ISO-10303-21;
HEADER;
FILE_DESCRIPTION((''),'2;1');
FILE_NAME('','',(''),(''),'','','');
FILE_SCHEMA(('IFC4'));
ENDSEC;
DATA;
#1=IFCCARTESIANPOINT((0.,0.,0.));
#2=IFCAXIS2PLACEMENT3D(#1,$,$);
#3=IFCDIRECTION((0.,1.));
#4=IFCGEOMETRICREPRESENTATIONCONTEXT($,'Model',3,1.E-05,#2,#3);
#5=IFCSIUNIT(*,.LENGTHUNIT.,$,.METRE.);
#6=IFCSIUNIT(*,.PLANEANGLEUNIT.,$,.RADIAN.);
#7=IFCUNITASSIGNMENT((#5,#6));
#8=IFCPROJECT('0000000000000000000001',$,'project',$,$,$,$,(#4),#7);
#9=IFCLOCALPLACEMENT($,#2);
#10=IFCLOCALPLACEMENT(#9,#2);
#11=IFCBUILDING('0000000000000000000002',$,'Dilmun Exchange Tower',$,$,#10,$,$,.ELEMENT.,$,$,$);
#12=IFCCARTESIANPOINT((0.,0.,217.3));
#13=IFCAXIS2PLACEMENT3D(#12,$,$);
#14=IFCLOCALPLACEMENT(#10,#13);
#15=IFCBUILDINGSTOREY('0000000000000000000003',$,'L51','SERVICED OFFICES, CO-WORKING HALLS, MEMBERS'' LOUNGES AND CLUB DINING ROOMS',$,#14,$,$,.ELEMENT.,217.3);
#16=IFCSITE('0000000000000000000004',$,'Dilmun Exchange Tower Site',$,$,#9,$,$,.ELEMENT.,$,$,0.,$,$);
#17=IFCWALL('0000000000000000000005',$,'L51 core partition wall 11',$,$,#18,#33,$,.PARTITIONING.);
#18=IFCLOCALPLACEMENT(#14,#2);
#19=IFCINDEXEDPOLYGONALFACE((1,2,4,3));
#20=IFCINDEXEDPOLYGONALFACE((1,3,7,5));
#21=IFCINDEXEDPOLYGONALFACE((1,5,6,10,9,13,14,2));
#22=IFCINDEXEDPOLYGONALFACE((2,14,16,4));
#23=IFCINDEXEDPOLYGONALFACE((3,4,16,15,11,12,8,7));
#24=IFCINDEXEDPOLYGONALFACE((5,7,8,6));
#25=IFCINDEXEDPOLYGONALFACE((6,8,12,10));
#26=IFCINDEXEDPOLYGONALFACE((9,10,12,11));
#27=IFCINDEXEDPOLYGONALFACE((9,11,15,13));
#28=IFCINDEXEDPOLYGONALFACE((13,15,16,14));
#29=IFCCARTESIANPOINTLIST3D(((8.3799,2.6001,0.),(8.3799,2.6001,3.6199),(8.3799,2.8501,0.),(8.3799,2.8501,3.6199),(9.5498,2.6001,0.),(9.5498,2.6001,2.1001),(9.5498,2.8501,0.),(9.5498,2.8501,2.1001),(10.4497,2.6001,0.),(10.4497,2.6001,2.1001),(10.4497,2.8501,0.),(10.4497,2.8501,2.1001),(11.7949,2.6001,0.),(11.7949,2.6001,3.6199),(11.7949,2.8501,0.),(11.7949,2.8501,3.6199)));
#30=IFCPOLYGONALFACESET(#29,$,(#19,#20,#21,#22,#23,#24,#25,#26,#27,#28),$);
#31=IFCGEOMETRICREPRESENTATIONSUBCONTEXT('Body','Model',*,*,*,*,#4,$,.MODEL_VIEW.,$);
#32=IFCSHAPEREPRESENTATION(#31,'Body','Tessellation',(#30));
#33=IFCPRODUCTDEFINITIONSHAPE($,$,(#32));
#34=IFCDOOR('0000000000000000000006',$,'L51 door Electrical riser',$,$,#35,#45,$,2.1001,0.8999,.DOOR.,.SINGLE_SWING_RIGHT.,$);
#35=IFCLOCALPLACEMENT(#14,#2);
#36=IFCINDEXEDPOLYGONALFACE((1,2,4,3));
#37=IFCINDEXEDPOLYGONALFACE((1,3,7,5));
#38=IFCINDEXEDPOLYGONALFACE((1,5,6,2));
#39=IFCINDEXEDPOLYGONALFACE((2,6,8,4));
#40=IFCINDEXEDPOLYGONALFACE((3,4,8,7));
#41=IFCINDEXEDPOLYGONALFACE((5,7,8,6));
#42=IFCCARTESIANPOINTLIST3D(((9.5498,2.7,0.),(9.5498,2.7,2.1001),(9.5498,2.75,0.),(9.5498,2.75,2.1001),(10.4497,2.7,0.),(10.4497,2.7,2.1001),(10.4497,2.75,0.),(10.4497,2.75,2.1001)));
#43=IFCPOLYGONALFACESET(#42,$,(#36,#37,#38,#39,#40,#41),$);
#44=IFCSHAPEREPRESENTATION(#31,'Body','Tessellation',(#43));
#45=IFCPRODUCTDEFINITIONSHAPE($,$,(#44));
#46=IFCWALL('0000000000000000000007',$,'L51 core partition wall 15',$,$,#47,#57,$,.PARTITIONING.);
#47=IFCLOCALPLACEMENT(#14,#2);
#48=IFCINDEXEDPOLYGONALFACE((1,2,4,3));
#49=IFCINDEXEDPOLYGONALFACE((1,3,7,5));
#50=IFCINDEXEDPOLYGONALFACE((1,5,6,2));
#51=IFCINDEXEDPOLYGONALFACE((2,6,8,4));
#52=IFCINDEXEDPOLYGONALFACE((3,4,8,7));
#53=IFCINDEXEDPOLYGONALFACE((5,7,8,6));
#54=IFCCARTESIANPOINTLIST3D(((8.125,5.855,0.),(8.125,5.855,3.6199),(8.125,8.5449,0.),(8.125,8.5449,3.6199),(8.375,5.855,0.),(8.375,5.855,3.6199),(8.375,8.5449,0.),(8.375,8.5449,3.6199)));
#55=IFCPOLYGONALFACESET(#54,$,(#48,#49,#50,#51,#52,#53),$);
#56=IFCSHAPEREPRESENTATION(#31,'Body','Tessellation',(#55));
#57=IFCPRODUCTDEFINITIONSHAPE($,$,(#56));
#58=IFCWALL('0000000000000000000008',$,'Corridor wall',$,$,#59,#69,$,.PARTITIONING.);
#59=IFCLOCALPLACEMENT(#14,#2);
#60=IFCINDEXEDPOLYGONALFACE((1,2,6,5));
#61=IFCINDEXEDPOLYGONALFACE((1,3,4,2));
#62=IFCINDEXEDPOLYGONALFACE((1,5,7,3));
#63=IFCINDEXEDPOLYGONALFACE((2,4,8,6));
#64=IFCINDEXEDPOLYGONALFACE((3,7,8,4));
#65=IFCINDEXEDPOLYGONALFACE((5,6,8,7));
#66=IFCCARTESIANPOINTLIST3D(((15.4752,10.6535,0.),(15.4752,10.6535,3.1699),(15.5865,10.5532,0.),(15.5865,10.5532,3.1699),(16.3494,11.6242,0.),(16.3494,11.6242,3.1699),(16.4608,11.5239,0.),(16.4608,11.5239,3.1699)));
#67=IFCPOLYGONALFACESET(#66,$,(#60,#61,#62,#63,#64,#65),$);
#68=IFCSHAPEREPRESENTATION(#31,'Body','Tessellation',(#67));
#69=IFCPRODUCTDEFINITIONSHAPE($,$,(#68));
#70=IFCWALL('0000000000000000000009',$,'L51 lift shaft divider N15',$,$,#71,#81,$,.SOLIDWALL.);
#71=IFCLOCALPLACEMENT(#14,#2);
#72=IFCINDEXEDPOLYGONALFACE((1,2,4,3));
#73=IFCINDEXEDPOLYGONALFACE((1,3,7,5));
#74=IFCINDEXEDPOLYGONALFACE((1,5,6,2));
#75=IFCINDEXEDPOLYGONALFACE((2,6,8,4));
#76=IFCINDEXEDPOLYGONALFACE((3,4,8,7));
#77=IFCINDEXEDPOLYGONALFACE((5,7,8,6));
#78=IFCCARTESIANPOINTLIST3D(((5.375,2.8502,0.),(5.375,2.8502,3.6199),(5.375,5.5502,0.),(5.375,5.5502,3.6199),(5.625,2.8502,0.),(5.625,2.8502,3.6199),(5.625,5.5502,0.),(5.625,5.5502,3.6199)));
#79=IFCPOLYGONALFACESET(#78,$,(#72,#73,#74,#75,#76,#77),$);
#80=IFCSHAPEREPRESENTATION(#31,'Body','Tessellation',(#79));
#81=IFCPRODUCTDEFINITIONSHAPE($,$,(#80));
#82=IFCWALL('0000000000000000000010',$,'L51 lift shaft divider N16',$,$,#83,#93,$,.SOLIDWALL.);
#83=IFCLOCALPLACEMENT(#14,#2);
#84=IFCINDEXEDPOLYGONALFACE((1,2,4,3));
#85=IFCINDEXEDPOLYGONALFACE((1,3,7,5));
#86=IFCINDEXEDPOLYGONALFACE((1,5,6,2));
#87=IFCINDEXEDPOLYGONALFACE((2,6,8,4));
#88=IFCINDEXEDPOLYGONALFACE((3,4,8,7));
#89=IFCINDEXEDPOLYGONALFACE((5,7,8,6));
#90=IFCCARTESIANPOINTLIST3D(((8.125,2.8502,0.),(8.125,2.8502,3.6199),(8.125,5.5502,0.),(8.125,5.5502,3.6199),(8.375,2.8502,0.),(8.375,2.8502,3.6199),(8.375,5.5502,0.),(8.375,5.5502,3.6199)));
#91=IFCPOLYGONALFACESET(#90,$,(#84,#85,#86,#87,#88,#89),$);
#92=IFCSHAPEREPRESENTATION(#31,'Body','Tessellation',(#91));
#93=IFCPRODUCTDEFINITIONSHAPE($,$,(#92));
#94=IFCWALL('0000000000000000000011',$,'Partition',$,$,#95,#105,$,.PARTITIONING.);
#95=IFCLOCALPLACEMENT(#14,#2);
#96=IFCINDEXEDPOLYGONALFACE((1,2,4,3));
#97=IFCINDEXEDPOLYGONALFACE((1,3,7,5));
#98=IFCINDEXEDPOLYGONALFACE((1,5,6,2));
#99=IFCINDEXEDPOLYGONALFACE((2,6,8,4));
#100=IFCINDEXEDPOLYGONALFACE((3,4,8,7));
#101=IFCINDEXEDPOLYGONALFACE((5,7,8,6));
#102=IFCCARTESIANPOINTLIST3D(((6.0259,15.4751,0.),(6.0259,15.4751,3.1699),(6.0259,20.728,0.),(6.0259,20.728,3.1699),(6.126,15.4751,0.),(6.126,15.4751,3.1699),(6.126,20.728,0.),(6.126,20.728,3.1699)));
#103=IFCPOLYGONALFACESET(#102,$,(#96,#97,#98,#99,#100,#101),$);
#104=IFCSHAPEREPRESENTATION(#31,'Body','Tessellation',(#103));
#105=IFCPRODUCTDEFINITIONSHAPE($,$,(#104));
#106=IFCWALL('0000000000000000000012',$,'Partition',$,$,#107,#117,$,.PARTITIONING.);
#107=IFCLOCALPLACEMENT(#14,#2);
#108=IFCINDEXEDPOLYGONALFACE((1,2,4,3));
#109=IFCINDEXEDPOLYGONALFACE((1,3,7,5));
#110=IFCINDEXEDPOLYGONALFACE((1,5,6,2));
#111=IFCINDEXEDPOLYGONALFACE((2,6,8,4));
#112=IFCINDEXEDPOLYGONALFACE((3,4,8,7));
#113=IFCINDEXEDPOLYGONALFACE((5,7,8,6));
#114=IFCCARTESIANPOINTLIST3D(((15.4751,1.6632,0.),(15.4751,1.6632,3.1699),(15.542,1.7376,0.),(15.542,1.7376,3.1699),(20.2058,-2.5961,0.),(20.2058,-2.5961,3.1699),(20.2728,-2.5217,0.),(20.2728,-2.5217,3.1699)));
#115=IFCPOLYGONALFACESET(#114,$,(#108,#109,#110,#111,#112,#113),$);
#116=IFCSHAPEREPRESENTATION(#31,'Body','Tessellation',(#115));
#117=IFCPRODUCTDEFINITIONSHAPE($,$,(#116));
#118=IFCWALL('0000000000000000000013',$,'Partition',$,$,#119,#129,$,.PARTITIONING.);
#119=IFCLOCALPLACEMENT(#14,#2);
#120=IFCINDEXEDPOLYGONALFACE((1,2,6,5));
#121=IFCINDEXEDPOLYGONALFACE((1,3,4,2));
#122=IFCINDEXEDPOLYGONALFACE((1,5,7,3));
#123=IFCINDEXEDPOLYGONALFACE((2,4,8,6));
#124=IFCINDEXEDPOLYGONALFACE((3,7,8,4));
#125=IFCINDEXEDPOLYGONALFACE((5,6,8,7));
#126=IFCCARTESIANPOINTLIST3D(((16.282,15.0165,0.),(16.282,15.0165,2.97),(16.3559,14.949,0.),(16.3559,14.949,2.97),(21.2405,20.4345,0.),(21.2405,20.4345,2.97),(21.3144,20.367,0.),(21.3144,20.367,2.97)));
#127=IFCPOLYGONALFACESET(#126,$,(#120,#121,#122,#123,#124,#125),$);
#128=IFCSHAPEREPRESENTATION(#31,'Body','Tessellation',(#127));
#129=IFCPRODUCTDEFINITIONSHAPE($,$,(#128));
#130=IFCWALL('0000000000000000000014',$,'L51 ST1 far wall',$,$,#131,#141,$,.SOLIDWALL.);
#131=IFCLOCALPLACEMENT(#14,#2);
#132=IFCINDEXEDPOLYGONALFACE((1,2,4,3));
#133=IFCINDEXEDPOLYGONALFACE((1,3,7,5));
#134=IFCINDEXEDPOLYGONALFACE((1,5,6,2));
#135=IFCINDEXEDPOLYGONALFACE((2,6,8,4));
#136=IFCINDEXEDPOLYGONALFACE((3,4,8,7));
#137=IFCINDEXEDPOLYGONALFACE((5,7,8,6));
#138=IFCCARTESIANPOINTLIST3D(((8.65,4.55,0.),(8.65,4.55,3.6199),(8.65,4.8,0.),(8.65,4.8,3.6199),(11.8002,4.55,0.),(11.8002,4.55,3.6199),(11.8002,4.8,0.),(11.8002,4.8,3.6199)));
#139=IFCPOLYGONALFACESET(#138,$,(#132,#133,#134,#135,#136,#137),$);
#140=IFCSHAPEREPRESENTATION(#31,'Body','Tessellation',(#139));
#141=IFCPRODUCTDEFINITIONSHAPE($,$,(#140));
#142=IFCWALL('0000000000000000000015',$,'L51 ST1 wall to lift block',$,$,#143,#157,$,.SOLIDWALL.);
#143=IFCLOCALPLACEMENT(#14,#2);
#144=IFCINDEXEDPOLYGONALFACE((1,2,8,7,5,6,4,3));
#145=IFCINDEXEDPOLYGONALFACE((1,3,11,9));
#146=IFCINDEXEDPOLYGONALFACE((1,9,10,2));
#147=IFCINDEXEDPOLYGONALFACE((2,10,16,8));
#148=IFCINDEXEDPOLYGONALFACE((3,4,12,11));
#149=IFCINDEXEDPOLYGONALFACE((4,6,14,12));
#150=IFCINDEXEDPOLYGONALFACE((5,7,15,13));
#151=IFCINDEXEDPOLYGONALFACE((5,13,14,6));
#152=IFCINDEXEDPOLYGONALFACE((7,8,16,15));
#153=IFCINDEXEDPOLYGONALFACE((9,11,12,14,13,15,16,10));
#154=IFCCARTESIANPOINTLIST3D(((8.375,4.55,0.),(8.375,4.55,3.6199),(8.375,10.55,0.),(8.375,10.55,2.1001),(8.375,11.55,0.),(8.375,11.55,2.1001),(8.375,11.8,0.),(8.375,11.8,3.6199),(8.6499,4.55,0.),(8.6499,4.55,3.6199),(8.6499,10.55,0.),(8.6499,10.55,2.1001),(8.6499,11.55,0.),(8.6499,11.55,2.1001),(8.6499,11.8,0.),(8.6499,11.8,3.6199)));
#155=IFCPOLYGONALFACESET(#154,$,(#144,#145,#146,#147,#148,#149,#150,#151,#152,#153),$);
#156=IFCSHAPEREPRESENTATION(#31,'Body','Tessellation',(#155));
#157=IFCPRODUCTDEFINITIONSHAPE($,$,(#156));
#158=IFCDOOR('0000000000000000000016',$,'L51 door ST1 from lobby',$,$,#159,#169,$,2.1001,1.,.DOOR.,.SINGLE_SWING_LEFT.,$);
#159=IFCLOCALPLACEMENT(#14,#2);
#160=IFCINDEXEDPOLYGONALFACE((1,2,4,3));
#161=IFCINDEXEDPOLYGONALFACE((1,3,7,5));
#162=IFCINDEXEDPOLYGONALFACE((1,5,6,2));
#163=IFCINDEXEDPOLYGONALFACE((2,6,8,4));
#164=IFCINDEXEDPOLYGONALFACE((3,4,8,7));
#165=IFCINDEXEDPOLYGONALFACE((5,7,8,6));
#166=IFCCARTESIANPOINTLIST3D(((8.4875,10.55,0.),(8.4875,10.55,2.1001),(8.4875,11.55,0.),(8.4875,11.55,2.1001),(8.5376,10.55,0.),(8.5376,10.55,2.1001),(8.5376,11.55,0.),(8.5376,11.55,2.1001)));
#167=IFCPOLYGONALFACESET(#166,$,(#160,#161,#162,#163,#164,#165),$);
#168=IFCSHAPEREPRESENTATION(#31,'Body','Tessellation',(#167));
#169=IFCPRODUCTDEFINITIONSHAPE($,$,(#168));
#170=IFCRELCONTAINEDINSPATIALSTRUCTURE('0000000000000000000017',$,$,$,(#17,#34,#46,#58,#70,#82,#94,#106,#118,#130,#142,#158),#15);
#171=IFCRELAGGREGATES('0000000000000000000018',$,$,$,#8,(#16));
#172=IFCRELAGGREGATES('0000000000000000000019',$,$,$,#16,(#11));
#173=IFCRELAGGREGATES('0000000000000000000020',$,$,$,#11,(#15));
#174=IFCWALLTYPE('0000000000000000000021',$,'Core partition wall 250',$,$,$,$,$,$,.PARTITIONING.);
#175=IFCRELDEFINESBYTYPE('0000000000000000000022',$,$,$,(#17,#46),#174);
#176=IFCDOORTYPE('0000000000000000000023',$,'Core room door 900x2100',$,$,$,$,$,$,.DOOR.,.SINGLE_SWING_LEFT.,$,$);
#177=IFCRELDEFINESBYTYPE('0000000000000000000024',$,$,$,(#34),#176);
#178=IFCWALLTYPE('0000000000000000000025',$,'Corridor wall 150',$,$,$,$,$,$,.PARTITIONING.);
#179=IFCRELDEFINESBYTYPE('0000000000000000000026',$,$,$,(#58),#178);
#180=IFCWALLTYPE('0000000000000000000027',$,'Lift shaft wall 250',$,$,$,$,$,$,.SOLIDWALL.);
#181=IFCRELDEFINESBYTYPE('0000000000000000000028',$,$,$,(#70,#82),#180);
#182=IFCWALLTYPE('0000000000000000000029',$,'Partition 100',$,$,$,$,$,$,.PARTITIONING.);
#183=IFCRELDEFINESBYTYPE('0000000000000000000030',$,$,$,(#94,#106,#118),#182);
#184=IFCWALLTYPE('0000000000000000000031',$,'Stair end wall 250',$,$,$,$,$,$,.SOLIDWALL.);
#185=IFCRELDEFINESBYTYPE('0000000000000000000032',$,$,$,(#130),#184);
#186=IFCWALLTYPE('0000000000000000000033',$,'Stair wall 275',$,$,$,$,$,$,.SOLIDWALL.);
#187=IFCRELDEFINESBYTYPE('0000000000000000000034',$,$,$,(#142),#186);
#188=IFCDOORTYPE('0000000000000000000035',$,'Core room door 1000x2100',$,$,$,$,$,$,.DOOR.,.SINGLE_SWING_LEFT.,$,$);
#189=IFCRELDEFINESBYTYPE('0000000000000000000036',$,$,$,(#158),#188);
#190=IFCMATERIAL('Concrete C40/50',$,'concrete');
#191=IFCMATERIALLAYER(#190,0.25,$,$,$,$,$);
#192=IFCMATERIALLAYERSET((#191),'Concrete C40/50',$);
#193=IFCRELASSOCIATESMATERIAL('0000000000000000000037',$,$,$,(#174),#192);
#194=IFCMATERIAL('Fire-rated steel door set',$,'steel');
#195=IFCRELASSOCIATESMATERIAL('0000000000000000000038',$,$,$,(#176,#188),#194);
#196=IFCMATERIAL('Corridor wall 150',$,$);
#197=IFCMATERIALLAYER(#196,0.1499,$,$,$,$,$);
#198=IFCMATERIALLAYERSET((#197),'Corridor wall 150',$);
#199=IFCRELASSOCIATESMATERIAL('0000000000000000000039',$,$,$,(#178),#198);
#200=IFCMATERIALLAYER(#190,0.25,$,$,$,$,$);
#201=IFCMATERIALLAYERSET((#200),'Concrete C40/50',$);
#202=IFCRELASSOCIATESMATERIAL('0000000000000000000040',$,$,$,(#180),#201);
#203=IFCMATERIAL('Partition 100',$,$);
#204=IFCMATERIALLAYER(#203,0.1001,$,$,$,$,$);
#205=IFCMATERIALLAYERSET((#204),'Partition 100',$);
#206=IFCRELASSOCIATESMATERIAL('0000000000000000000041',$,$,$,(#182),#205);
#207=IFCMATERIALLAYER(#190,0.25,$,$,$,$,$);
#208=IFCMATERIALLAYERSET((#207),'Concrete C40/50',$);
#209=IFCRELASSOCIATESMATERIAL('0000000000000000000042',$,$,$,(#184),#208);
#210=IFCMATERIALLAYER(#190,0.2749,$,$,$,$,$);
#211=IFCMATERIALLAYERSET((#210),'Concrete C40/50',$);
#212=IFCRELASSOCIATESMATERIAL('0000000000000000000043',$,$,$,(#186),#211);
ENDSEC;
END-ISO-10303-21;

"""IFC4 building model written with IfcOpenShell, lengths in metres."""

from ifc_helpers import new_model, si_unit, direction, frame, frame_2d, origin, place, context, subcontext, project, spatial, rectangle, extrude, material, layer, layer_set, type_object, element, fill, save


model = new_model("IFC4")

# Units and contexts
model_context = context("Model", 3, precision=1e-05, world=origin(), true_north=direction((0.0, 1.0)))
body_context = subcontext(model_context, "Body", "Model", "MODEL_VIEW")
ifc_project = project(units=[si_unit("LENGTHUNIT", "METRE"), si_unit("PLANEANGLEUNIT", "RADIAN")], contexts=[model_context])

# Site, building, storey
site_placement = place(None, origin())
site = spatial("IfcSite", under=ifc_project, at=site_placement, Name="Dilmun Exchange Tower Site", CompositionType="ELEMENT", RefElevation=0.0)
building_placement = place(site_placement, origin())
building = spatial("IfcBuilding", under=site, at=building_placement, Name="Dilmun Exchange Tower", CompositionType="ELEMENT")
storey_placement = place(building_placement, frame((0.0, 0.0, 217.3)))
storey = spatial("IfcBuildingStorey", under=building, at=storey_placement, Name="L51", Description="SERVICED OFFICES, CO-WORKING HALLS, MEMBERS' LOUNGES AND CLUB DINING ROOMS", CompositionType="ELEMENT", Elevation=217.3)

# Wall, opening, door
ifc_material_1 = material(Name="Concrete C40/50", Category="concrete")
ifc_layer_1 = layer(ifc_material_1, 0.25)
ifc_layer_set_1 = layer_set([ifc_layer_1], Name="Concrete C40/50")
wall_type_1 = type_object("IfcWallType", Name="Core partition wall 250", PredefinedType="PARTITIONING", material=ifc_layer_set_1)
wall_1_placement = place(storey_placement, frame((8.3799, 2.7251, 0.0), z_axis=(0.0, 0.0, 1.0), x_axis=(1.0, 0.0, 0.0)))
wall_1 = element("IfcWall", 1, at=wall_1_placement, inside=storey, type_object=wall_type_1, Name="L51 core partition wall 11", PredefinedType="PARTITIONING", context=body_context, shape_type="SweptSolid", body=[
    extrude(rectangle(XDim=3.415, YDim=0.25, at=frame_2d((1.7075, 0.0))), origin(), (0.0, 0.0, 1.0), 3.6199),
])
opening_1_placement = place(wall_1_placement, frame((1.1699, 0.0, 0.0)))
opening_1 = element("IfcOpeningElement", 2, at=opening_1_placement, cuts=wall_1, PredefinedType="OPENING", context=body_context, shape_type="SweptSolid", body=[
    extrude(rectangle(XDim=0.8999, YDim=2.1001, at=frame_2d((0.45, 1.05))), frame((0.0, 0.135, 0.0), z_axis=(0.0, -1.0, 0.0), x_axis=(1.0, 0.0, 0.0)), (0.0, 0.0, 1.0), 0.27),
])
ifc_material_2 = material(Name="Fire-rated steel door set", Category="steel")
door_type_1 = type_object("IfcDoorType", Name="Core room door 900x2100", OperationType="SINGLE_SWING_LEFT", PredefinedType="DOOR", material=ifc_material_2)
door_1_placement = place(opening_1_placement, origin())
door_1 = element("IfcDoor", 3, at=door_1_placement, inside=storey, type_object=door_type_1, Name="L51 door Electrical riser", OperationType="SINGLE_SWING_RIGHT", OverallHeight=2.1001, OverallWidth=0.8999, PredefinedType="DOOR", context=body_context, shape_type="SweptSolid", body=[
    extrude(rectangle(XDim=0.8999, YDim=2.1001, at=frame_2d((0.45, 1.05))), frame((0.0, 0.0249, 0.0), z_axis=(0.0, -1.0, 0.0), x_axis=(1.0, 0.0, 0.0)), (0.0, 0.0, 1.0), 0.05),
])
fill(opening_1, door_1)

# Walls
wall_2_placement = place(storey_placement, frame((8.25, 5.855, 0.0), z_axis=(0.0, 0.0, 1.0), x_axis=(0.0, 1.0, 0.0)))
element("IfcWall", 4, at=wall_2_placement, inside=storey, type_object=wall_type_1, Name="L51 core partition wall 15", PredefinedType="PARTITIONING", context=body_context, shape_type="SweptSolid", body=[
    extrude(rectangle(XDim=2.6899, YDim=0.25, at=frame_2d((1.345, 0.0))), origin(), (0.0, 0.0, 1.0), 3.6199),
])
ifc_material_3 = material(Name="Corridor wall 150")
ifc_layer_2 = layer(ifc_material_3, 0.1499)
ifc_layer_set_2 = layer_set([ifc_layer_2], Name="Corridor wall 150")
wall_type_2 = type_object("IfcWallType", Name="Corridor wall 150", PredefinedType="PARTITIONING", material=ifc_layer_set_2)
wall_3_placement = place(storey_placement, frame((15.5308, 10.6033, 0.0), z_axis=(0.0, 0.0, 1.0), x_axis=(0.669233, 0.743052, 0.0)))
element("IfcWall", 5, at=wall_3_placement, inside=storey, type_object=wall_type_2, Name="Corridor wall", PredefinedType="PARTITIONING", context=body_context, shape_type="SweptSolid", body=[
    extrude(rectangle(XDim=1.3064, YDim=0.1499, at=frame_2d((0.6533, 0.0))), origin(), (0.0, 0.0, 1.0), 3.1699),
])
ifc_layer_3 = layer(ifc_material_1, 0.25)
ifc_layer_set_3 = layer_set([ifc_layer_3], Name="Concrete C40/50")
wall_type_3 = type_object("IfcWallType", Name="Lift shaft wall 250", PredefinedType="SOLIDWALL", material=ifc_layer_set_3)
for number, where, z_axis, x_axis, name in (
    (6, (5.5, 2.8501, 0.0), (0.0, 0.0, 1.0), (0.0, 1.0, 0.0), "L51 lift shaft divider N15"),
    (7, (8.25, 2.8501, 0.0), (0.0, 0.0, 1.0), (0.0, 1.0, 0.0), "L51 lift shaft divider N16"),
):
    element("IfcWall", number, at=place(storey_placement, frame(where, z_axis=z_axis, x_axis=x_axis)), inside=storey, type_object=wall_type_3, Name=name, PredefinedType="SOLIDWALL", context=body_context, shape_type="SweptSolid", body=[
        extrude(rectangle(XDim=2.7, YDim=0.25, at=frame_2d((1.3501, 0.0))), origin(), (0.0, 0.0, 1.0), 3.6199),
    ])
ifc_material_4 = material(Name="Partition 100")
ifc_layer_4 = layer(ifc_material_4, 0.1001)
ifc_layer_set_4 = layer_set([ifc_layer_4], Name="Partition 100")
wall_type_4 = type_object("IfcWallType", Name="Partition 100", PredefinedType="PARTITIONING", material=ifc_layer_set_4)
wall_4_placement = place(storey_placement, frame((6.0759, 15.4751, 0.0), z_axis=(0.0, 0.0, 1.0), x_axis=(0.0, 1.0, 0.0)))
element("IfcWall", 8, at=wall_4_placement, inside=storey, type_object=wall_type_4, Name="Partition", PredefinedType="PARTITIONING", context=body_context, shape_type="SweptSolid", body=[
    extrude(rectangle(XDim=5.2529, YDim=0.1001, at=frame_2d((2.6265, 0.0))), origin(), (0.0, 0.0, 1.0), 3.1699),
])
wall_5_placement = place(storey_placement, frame((15.5085, 1.7004, 0.0), z_axis=(0.0, 0.0, 1.0), x_axis=(0.743166, -0.669107, 0.0)))
element("IfcWall", 9, at=wall_5_placement, inside=storey, type_object=wall_type_4, Name="Partition", PredefinedType="PARTITIONING", context=body_context, shape_type="SweptSolid", body=[
    extrude(rectangle(XDim=6.3657, YDim=0.1001, at=frame_2d((3.1829, 0.0))), origin(), (0.0, 0.0, 1.0), 3.1699),
])
wall_6_placement = place(storey_placement, frame((16.3188, 14.9827, 0.0), z_axis=(0.0, 0.0, 1.0), x_axis=(0.675134, 0.737695, 0.0)))
element("IfcWall", 10, at=wall_6_placement, inside=storey, type_object=wall_type_4, Name="Partition", PredefinedType="PARTITIONING", context=body_context, shape_type="SweptSolid", body=[
    extrude(rectangle(XDim=7.3445, YDim=0.1001, at=frame_2d((3.6724, 0.0))), origin(), (0.0, 0.0, 1.0), 2.97),
])
ifc_layer_5 = layer(ifc_material_1, 0.25)
ifc_layer_set_5 = layer_set([ifc_layer_5], Name="Concrete C40/50")
wall_type_5 = type_object("IfcWallType", Name="Stair end wall 250", PredefinedType="SOLIDWALL", material=ifc_layer_set_5)
wall_7_placement = place(storey_placement, frame((8.6499, 4.675, 0.0), z_axis=(0.0, 0.0, 1.0), x_axis=(1.0, 0.0, 0.0)))
element("IfcWall", 11, at=wall_7_placement, inside=storey, type_object=wall_type_5, Name="L51 ST1 far wall", PredefinedType="SOLIDWALL", context=body_context, shape_type="SweptSolid", body=[
    extrude(rectangle(XDim=3.1501, YDim=0.25, at=frame_2d((1.5752, 0.0))), origin(), (0.0, 0.0, 1.0), 3.6199),
])

# Wall, opening, door
ifc_layer_6 = layer(ifc_material_1, 0.2749)
ifc_layer_set_6 = layer_set([ifc_layer_6], Name="Concrete C40/50")
wall_type_6 = type_object("IfcWallType", Name="Stair wall 275", PredefinedType="SOLIDWALL", material=ifc_layer_set_6)
wall_8_placement = place(storey_placement, frame((8.5125, 4.55, 0.0), z_axis=(0.0, 0.0, 1.0), x_axis=(0.0, 1.0, 0.0)))
wall_8 = element("IfcWall", 12, at=wall_8_placement, inside=storey, type_object=wall_type_6, Name="L51 ST1 wall to lift block", PredefinedType="SOLIDWALL", context=body_context, shape_type="SweptSolid", body=[
    extrude(rectangle(XDim=7.25, YDim=0.2749, at=frame_2d((3.625, 0.0))), origin(), (0.0, 0.0, 1.0), 3.6199),
])
opening_2_placement = place(wall_8_placement, frame((6.0, 0.0, 0.0)))
opening_2 = element("IfcOpeningElement", 13, at=opening_2_placement, cuts=wall_8, PredefinedType="OPENING", context=body_context, shape_type="SweptSolid", body=[
    extrude(rectangle(XDim=1.0, YDim=2.1001, at=frame_2d((0.5, 1.05))), frame((0.0, 0.1475, 0.0), z_axis=(0.0, -1.0, 0.0), x_axis=(1.0, 0.0, 0.0)), (0.0, 0.0, 1.0), 0.2949),
])
door_type_2 = type_object("IfcDoorType", Name="Core room door 1000x2100", OperationType="SINGLE_SWING_LEFT", PredefinedType="DOOR", material=ifc_material_2)
door_2_placement = place(opening_2_placement, origin())
door_2 = element("IfcDoor", 14, at=door_2_placement, inside=storey, type_object=door_type_2, Name="L51 door ST1 from lobby", OperationType="SINGLE_SWING_LEFT", OverallHeight=2.1001, OverallWidth=1.0, PredefinedType="DOOR", context=body_context, shape_type="SweptSolid", body=[
    extrude(rectangle(XDim=1.0, YDim=2.1001, at=frame_2d((0.5, 1.05))), frame((0.0, 0.0249, 0.0), z_axis=(0.0, -1.0, 0.0), x_axis=(1.0, 0.0, 0.0)), (0.0, 0.0, 1.0), 0.05),
])
fill(opening_2, door_2)

save(model, "model.ifc")
